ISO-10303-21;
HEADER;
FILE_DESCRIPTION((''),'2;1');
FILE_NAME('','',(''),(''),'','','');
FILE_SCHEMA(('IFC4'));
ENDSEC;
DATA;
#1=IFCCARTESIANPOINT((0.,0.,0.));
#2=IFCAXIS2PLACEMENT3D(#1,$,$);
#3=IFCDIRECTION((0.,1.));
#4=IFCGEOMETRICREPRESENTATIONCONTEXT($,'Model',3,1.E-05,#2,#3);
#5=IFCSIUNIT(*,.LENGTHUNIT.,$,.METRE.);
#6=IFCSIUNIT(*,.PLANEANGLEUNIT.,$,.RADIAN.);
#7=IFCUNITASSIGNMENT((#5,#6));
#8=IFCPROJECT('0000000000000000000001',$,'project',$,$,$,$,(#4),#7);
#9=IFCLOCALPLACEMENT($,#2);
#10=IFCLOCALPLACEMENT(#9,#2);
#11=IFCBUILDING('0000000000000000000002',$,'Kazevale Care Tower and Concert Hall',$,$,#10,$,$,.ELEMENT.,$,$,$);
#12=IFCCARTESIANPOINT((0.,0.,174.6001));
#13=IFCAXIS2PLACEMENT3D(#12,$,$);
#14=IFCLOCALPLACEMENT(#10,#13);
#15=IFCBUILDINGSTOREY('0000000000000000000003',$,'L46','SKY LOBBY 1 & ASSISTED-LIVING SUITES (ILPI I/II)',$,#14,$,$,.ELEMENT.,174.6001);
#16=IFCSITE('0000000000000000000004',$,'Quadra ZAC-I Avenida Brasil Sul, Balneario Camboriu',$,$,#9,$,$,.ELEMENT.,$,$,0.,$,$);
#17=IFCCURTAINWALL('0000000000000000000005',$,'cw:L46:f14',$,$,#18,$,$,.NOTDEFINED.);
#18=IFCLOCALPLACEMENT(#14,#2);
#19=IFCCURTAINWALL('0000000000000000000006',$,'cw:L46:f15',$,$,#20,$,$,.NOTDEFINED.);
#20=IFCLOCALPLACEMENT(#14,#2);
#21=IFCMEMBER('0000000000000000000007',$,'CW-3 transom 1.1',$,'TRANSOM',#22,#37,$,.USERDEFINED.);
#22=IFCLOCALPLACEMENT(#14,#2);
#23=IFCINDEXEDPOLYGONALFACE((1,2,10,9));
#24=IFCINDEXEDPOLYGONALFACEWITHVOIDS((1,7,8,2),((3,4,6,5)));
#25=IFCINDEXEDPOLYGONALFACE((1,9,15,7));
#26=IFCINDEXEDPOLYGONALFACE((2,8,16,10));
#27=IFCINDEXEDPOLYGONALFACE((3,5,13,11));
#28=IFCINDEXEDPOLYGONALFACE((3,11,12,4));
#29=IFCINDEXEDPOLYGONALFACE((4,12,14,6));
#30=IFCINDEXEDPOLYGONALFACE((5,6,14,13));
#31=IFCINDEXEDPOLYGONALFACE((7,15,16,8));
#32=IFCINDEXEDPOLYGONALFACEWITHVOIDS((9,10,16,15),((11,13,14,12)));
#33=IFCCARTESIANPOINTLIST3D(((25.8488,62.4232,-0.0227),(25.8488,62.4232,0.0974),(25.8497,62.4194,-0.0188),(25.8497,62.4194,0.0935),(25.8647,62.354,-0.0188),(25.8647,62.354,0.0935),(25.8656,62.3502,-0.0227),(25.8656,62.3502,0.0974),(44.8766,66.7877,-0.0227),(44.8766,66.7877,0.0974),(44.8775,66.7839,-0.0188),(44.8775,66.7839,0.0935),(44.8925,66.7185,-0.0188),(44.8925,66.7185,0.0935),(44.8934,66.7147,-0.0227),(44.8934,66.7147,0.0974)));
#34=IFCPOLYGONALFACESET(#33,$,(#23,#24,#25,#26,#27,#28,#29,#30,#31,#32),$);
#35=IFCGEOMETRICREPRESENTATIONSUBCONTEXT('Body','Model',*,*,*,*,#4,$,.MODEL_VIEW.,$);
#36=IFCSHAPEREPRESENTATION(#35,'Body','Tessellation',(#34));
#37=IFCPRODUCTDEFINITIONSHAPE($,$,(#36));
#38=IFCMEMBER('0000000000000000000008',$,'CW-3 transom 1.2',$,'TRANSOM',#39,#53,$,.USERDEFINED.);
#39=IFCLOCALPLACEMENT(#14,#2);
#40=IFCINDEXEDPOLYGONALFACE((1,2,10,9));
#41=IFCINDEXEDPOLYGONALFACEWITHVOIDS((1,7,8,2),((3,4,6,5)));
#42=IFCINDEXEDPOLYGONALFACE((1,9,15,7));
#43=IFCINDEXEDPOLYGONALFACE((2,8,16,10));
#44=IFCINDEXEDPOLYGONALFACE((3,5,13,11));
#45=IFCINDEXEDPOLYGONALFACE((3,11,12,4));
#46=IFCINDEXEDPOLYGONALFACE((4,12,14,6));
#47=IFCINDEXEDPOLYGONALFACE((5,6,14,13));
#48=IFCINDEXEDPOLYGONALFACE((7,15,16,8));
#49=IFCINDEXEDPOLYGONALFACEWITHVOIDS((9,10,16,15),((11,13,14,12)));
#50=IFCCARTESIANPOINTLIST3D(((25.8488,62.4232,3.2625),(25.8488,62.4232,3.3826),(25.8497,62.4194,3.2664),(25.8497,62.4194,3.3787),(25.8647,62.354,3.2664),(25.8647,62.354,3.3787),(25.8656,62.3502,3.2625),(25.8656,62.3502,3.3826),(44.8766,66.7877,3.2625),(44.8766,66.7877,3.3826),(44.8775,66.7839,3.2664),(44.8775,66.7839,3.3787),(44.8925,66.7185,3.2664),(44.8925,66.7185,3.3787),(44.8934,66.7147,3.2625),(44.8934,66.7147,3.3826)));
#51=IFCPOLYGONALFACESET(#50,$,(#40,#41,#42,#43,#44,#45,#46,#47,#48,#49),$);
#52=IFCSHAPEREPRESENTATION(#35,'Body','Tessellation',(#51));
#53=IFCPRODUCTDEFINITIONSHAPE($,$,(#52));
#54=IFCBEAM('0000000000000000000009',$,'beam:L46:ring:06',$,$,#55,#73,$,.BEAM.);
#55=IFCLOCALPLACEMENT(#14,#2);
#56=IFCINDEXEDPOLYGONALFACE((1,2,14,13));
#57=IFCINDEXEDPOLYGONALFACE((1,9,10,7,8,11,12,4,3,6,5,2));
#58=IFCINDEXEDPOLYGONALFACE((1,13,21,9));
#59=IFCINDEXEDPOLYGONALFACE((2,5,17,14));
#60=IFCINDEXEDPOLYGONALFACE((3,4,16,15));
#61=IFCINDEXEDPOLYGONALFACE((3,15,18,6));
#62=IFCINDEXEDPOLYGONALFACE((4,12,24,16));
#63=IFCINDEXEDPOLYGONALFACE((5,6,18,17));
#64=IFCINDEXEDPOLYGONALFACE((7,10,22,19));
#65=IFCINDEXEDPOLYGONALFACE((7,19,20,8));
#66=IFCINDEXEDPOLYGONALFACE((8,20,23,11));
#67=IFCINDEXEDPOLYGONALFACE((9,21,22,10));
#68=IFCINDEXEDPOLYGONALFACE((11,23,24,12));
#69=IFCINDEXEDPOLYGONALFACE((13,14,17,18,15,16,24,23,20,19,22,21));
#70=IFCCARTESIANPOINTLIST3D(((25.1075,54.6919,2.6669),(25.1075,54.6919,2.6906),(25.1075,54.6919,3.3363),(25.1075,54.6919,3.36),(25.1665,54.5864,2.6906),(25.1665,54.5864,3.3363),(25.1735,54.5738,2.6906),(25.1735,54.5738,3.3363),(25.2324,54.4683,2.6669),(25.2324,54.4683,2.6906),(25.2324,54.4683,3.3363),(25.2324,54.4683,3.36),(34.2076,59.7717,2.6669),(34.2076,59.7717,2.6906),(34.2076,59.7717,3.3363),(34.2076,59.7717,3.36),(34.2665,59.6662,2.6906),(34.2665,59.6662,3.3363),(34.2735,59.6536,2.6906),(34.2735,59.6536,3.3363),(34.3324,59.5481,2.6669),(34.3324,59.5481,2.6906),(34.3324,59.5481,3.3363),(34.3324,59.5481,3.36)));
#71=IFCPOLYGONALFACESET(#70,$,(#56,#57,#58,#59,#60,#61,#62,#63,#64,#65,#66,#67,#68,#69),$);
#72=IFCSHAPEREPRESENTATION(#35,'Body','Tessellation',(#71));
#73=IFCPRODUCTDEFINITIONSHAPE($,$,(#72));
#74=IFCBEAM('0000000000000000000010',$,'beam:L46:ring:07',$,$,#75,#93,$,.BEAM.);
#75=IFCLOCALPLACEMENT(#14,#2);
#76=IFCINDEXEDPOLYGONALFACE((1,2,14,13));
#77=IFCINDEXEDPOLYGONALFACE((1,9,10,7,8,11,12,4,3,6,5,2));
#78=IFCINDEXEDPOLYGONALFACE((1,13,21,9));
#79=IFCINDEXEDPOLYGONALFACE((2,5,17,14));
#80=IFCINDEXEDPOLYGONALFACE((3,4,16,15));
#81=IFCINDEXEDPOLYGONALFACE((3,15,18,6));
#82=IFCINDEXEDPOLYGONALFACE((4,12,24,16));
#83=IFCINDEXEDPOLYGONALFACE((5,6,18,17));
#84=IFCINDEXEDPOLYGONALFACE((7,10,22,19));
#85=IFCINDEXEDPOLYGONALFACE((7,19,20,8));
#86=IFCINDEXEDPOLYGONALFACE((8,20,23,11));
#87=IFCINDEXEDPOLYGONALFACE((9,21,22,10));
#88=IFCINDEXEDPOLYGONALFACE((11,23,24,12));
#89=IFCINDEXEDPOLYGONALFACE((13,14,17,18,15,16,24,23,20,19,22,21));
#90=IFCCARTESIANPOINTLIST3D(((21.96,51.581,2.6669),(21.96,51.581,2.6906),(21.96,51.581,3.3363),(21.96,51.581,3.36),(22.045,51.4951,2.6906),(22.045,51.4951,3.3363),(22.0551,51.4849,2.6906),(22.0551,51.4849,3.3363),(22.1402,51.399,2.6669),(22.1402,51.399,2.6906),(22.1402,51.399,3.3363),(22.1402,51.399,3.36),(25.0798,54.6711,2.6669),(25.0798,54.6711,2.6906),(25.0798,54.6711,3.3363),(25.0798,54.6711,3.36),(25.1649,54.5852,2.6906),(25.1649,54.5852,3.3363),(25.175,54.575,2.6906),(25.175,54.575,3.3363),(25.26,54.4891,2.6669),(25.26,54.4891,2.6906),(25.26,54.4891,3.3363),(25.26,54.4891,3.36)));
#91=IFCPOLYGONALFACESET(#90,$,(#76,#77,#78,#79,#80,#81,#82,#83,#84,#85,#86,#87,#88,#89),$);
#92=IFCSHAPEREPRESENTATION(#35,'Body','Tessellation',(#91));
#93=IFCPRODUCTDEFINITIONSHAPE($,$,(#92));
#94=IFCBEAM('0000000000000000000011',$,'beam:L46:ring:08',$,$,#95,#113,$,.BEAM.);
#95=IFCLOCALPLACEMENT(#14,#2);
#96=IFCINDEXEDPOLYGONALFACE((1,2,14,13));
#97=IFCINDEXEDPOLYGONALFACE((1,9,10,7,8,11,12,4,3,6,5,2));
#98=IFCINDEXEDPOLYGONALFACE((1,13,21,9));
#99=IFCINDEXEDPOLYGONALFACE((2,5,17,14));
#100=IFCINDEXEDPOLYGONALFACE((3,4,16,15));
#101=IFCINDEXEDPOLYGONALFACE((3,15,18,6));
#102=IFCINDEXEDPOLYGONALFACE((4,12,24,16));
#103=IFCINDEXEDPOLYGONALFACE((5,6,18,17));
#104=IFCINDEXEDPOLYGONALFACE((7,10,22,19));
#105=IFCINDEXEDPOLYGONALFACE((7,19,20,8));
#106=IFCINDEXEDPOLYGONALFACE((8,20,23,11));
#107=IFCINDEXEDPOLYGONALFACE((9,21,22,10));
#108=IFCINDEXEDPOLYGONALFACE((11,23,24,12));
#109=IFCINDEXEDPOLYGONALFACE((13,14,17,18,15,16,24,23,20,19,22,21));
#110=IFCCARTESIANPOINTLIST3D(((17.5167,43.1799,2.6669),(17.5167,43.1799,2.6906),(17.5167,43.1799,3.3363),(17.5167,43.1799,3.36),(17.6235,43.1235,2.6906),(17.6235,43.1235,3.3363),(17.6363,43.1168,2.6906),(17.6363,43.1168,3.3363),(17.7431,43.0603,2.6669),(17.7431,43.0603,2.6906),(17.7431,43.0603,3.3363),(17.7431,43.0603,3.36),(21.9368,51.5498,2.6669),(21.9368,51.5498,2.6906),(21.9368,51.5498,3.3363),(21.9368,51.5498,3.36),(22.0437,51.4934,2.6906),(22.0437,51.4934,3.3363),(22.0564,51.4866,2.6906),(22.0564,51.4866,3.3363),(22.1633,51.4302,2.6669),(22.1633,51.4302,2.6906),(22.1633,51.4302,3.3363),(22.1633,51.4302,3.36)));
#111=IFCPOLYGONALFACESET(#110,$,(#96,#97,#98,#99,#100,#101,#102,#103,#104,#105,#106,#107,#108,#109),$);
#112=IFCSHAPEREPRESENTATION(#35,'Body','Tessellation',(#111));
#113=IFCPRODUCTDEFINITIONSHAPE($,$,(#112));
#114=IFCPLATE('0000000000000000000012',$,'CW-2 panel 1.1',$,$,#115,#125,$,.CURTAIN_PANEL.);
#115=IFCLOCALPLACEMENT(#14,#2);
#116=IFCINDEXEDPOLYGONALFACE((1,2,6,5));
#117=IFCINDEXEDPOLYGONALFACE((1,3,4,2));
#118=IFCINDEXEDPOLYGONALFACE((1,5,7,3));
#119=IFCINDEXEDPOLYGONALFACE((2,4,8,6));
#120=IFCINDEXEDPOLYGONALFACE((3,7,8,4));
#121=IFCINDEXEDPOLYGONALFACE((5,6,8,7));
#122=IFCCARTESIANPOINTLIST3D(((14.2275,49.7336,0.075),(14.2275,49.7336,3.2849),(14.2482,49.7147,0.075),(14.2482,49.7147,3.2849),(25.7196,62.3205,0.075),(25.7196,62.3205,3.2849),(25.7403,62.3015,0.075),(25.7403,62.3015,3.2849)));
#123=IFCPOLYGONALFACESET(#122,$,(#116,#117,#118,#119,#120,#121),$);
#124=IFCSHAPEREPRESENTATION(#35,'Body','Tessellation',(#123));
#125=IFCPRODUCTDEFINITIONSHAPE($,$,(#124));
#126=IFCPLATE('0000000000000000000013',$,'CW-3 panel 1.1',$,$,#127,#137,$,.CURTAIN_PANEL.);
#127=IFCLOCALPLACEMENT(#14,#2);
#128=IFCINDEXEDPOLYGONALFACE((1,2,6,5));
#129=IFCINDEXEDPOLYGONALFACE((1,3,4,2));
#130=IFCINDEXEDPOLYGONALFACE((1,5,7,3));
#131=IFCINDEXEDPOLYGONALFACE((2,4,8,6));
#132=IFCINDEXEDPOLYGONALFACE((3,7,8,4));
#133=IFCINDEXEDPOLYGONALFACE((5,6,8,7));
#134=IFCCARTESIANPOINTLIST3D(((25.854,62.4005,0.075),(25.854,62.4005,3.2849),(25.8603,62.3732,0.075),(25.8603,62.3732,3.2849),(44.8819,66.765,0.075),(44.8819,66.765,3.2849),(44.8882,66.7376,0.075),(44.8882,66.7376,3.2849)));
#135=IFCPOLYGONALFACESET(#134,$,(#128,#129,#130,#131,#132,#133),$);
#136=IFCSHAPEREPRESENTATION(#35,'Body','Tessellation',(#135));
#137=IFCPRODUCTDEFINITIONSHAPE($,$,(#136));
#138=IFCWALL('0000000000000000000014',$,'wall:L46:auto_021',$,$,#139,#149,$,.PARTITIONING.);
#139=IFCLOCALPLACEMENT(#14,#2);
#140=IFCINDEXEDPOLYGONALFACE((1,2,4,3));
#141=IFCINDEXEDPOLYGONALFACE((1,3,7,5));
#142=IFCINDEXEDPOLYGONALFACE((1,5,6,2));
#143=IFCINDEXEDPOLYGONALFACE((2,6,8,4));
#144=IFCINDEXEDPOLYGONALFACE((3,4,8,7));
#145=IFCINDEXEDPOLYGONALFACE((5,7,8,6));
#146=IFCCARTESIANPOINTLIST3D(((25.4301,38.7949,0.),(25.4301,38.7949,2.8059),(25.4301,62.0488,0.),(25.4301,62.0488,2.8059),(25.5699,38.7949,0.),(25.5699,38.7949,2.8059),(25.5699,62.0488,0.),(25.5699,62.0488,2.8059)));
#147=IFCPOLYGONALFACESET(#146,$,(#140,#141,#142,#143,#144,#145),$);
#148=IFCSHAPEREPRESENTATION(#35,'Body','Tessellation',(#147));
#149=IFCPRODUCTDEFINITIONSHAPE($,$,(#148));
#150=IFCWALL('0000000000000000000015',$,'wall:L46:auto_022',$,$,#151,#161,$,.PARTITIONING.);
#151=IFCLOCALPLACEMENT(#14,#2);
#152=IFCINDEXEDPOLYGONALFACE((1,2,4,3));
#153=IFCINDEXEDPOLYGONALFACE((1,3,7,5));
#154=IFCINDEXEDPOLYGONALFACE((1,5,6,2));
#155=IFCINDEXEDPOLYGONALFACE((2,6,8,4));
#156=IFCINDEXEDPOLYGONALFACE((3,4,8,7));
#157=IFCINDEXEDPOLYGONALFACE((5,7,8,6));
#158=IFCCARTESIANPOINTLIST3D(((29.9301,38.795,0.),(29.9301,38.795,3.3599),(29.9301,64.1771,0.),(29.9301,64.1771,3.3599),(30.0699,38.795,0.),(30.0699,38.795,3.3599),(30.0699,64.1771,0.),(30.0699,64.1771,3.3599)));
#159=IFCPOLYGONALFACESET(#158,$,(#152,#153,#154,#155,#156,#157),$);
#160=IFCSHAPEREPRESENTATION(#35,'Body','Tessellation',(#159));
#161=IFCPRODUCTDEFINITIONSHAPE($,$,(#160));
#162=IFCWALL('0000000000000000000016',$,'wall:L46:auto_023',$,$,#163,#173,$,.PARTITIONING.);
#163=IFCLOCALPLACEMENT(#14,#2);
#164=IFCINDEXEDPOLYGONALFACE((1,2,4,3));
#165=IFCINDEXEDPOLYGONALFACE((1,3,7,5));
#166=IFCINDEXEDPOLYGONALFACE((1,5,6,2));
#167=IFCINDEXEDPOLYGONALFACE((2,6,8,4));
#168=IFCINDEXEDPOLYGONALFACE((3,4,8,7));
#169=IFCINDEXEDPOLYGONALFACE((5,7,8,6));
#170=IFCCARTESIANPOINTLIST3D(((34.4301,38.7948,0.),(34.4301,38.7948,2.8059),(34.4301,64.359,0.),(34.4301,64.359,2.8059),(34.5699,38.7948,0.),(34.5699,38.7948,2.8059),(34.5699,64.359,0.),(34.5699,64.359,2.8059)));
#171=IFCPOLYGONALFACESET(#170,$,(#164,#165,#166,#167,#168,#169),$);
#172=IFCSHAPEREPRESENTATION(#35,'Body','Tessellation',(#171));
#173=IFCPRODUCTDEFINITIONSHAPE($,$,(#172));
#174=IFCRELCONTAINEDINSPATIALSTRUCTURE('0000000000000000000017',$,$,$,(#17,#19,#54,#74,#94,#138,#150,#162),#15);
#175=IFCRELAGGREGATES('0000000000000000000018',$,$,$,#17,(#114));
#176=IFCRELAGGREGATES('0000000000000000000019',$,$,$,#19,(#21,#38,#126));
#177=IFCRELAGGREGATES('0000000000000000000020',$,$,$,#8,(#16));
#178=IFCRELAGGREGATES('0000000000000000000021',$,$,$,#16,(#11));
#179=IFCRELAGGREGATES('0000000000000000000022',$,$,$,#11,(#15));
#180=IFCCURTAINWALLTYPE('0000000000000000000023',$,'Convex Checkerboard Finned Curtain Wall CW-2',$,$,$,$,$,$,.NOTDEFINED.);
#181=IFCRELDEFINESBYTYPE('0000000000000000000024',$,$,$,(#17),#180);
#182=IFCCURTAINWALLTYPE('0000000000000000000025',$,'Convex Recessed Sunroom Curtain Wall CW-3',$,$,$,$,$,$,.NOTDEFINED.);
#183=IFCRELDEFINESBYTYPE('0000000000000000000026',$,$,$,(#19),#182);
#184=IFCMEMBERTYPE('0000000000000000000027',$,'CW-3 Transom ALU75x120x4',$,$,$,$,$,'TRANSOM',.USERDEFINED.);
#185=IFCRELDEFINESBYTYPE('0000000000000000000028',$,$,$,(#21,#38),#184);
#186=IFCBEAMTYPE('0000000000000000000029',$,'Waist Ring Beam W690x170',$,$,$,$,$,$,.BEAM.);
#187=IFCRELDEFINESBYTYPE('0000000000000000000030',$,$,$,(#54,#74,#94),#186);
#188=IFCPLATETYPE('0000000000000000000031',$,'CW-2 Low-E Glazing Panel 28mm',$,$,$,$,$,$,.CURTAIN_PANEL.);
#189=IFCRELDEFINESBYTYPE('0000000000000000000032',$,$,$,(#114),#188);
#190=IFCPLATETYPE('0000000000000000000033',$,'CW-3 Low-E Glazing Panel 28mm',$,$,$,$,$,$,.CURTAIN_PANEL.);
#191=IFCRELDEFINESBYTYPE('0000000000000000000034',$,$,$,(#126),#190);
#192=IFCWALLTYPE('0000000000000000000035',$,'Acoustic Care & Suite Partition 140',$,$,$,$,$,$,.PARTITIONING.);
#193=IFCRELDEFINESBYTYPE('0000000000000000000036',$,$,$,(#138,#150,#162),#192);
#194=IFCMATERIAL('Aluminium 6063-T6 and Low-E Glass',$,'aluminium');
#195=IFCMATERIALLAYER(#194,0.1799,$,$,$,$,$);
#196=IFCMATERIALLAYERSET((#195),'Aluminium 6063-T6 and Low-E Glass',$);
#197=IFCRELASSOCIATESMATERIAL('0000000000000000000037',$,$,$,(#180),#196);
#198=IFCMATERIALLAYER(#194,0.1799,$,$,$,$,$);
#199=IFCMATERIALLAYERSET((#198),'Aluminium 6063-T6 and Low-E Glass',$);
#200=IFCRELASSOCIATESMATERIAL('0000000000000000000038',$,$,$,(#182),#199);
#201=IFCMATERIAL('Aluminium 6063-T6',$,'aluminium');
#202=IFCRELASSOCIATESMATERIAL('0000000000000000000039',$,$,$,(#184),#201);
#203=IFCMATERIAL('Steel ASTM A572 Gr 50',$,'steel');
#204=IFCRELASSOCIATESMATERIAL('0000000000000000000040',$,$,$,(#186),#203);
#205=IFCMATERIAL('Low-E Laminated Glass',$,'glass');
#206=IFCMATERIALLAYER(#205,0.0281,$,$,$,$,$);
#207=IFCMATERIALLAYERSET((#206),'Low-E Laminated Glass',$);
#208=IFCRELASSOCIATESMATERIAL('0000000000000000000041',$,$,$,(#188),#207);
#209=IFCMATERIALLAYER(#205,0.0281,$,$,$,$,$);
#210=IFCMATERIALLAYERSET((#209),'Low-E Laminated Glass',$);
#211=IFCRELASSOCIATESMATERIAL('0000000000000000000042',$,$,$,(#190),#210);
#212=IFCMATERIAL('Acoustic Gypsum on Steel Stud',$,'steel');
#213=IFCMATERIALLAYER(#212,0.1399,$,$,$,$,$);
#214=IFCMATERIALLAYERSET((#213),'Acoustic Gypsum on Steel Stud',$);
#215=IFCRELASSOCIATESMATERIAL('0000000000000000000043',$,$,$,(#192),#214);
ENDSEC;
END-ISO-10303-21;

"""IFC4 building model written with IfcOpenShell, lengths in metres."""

from ifc_helpers import new_model, si_unit, direction, frame, frame_2d, origin, origin_2d, place, context, subcontext, project, spatial, rectangle, hollow_rectangle, i_section, extrude, material, layer, layer_set, material_profile, profile_set, type_object, element, aggregate, save


model = new_model("IFC4")

# Units and contexts
model_context = context("Model", 3, precision=1e-05, world=origin(), true_north=direction((0.0, 1.0)))
body_context = subcontext(model_context, "Body", "Model", "MODEL_VIEW")
ifc_project = project(units=[si_unit("LENGTHUNIT", "METRE"), si_unit("PLANEANGLEUNIT", "RADIAN")], contexts=[model_context])

# Site, building, storey
site_placement = place(None, origin())
site = spatial("IfcSite", under=ifc_project, at=site_placement, Name="Quadra ZAC-I Avenida Brasil Sul, Balneario Camboriu", CompositionType="ELEMENT", RefElevation=0.0)
building_placement = place(site_placement, origin())
building = spatial("IfcBuilding", under=site, at=building_placement, Name="Kazevale Care Tower and Concert Hall", CompositionType="ELEMENT")
storey_placement = place(building_placement, frame((0.0, 0.0, 174.6001)))
storey = spatial("IfcBuildingStorey", under=building, at=storey_placement, Name="L46", Description="SKY LOBBY 1 & ASSISTED-LIVING SUITES (ILPI I/II)", CompositionType="ELEMENT", Elevation=174.6001)

# Curtain wall
ifc_material_1 = material(Name="Aluminium 6063-T6 and Low-E Glass", Category="aluminium")
ifc_layer_1 = layer(ifc_material_1, 0.1799)
ifc_layer_set_1 = layer_set([ifc_layer_1], Name="Aluminium 6063-T6 and Low-E Glass")
curtain_wall_type_1 = type_object("IfcCurtainWallType", Name="Convex Checkerboard Finned Curtain Wall CW-2", PredefinedType="NOTDEFINED", material=ifc_layer_set_1)
curtain_wall_1_placement = place(storey_placement, origin())
curtain_wall_1 = element("IfcCurtainWall", 1, at=curtain_wall_1_placement, inside=storey, type_object=curtain_wall_type_1, Name="cw:L46:f14", PredefinedType="NOTDEFINED")
ifc_material_2 = material(Name="Aluminium 6063-T6", Category="aluminium")

# Curtain wall, members
ifc_layer_2 = layer(ifc_material_1, 0.1799)
ifc_layer_set_2 = layer_set([ifc_layer_2], Name="Aluminium 6063-T6 and Low-E Glass")
curtain_wall_type_2 = type_object("IfcCurtainWallType", Name="Convex Recessed Sunroom Curtain Wall CW-3", PredefinedType="NOTDEFINED", material=ifc_layer_set_2)
curtain_wall_2_placement = place(storey_placement, origin())
curtain_wall_2 = element("IfcCurtainWall", 2, at=curtain_wall_2_placement, inside=storey, type_object=curtain_wall_type_2, Name="cw:L46:f15", PredefinedType="NOTDEFINED")
ifc_material_profile_1 = material_profile(ifc_material_2, hollow_rectangle(XDim=0.075, YDim=0.1201, WallThickness=0.0039, at=origin_2d()), Name="ALU75x120x4")
ifc_profile_set_1 = profile_set([ifc_material_profile_1], Name="Aluminium 6063-T6")
member_type_1 = type_object("IfcMemberType", Name="CW-3 Transom ALU75x120x4", ElementType="TRANSOM", PredefinedType="USERDEFINED", material=ifc_profile_set_1)
member_1_placement = place(storey_placement, frame((25.8572, 62.3867, 0.0374), z_axis=(0.974688, 0.223569, 0.0), x_axis=(-0.223569, 0.974688, 0.0)))
member_1 = element("IfcMember", 3, at=member_1_placement, type_object=member_type_1, Name="CW-3 transom 1.1", ObjectType="TRANSOM", PredefinedType="USERDEFINED", context=body_context, shape_type="SweptSolid", body=[
    extrude(hollow_rectangle(XDim=0.075, YDim=0.1201, WallThickness=0.0039, at=origin_2d()), origin(), (0.0, 0.0, 1.0), 19.522),
])
member_2_placement = place(storey_placement, frame((25.8572, 62.3867, 3.3225), z_axis=(0.974688, 0.223569, 0.0), x_axis=(-0.223569, 0.974688, 0.0)))
member_2 = element("IfcMember", 4, at=member_2_placement, type_object=member_type_1, Name="CW-3 transom 1.2", ObjectType="TRANSOM", PredefinedType="USERDEFINED", context=body_context, shape_type="SweptSolid", body=[
    extrude(hollow_rectangle(XDim=0.075, YDim=0.1201, WallThickness=0.0039, at=origin_2d()), origin(), (0.0, 0.0, 1.0), 19.522),
])

# Beams
ifc_material_3 = material(Name="Steel ASTM A572 Gr 50", Category="steel")
ifc_material_profile_2 = material_profile(ifc_material_3, i_section(OverallWidth=0.2561, OverallDepth=0.6931, WebThickness=0.0144, FlangeThickness=0.0237, at=origin_2d()), Name="W690x170")
ifc_profile_set_2 = profile_set([ifc_material_profile_2], Name="Steel ASTM A572 Gr 50")
beam_type = type_object("IfcBeamType", Name="Waist Ring Beam W690x170", PredefinedType="BEAM", material=ifc_profile_set_2)
beam_1_placement = place(storey_placement, frame((34.27, 59.6599, 3.0134), z_axis=(-0.873169, -0.487418, 0.0), x_axis=(0.487418, -0.873169, 0.0)))
element("IfcBeam", 5, at=beam_1_placement, inside=storey, type_object=beam_type, Name="beam:L46:ring:06", PredefinedType="BEAM", context=body_context, shape_type="SweptSolid", body=[
    extrude(i_section(OverallWidth=0.2561, OverallDepth=0.6931, WebThickness=0.0144, FlangeThickness=0.0237, at=origin_2d()), origin(), (0.0, 0.0, 1.0), 10.4219),
])
beam_2_placement = place(storey_placement, frame((25.1699, 54.5801, 3.0134), z_axis=(-0.71049, -0.703707, 0.0), x_axis=(0.703707, -0.71049, 0.0)))
element("IfcBeam", 6, at=beam_2_placement, inside=storey, type_object=beam_type, Name="beam:L46:ring:07", PredefinedType="BEAM", context=body_context, shape_type="SweptSolid", body=[
    extrude(i_section(OverallWidth=0.2561, OverallDepth=0.6931, WebThickness=0.0144, FlangeThickness=0.0237, at=origin_2d()), origin(), (0.0, 0.0, 1.0), 4.3911),
])
beam_3_placement = place(storey_placement, frame((22.05, 51.49, 3.0134), z_axis=(-0.466984, -0.884266, 0.0), x_axis=(0.884266, -0.466984, 0.0)))
element("IfcBeam", 7, at=beam_3_placement, inside=storey, type_object=beam_type, Name="beam:L46:ring:08", PredefinedType="BEAM", context=body_context, shape_type="SweptSolid", body=[
    extrude(i_section(OverallWidth=0.2561, OverallDepth=0.6931, WebThickness=0.0144, FlangeThickness=0.0237, at=origin_2d()), origin(), (0.0, 0.0, 1.0), 9.4653),
])

# Plates
ifc_material_4 = material(Name="Low-E Laminated Glass", Category="glass")
ifc_layer_3 = layer(ifc_material_4, 0.0281)
ifc_layer_set_3 = layer_set([ifc_layer_3], Name="Low-E Laminated Glass")
plate_type_1 = type_object("IfcPlateType", Name="CW-2 Low-E Glazing Panel 28mm", PredefinedType="CURTAIN_PANEL", material=ifc_layer_set_3)
plate_1_placement = place(storey_placement, frame((19.9839, 56.0176, 0.075), z_axis=(0.0, 0.0, 1.0), x_axis=(0.674262, 0.738492, 0.0)))
plate_1 = element("IfcPlate", 8, at=plate_1_placement, type_object=plate_type_1, Name="CW-2 panel 1.1", PredefinedType="CURTAIN_PANEL", context=body_context, shape_type="SweptSolid", body=[
    extrude(rectangle(XDim=17.0439, YDim=0.0281, at=origin_2d()), origin(), (0.0, 0.0, 1.0), 3.21),
])
aggregate(curtain_wall_1, [plate_1])
ifc_layer_4 = layer(ifc_material_4, 0.0281)
ifc_layer_set_4 = layer_set([ifc_layer_4], Name="Low-E Laminated Glass")
plate_type_2 = type_object("IfcPlateType", Name="CW-3 Low-E Glazing Panel 28mm", PredefinedType="CURTAIN_PANEL", material=ifc_layer_set_4)
plate_2_placement = place(storey_placement, frame((35.3711, 64.5691, 0.075), z_axis=(0.0, 0.0, 1.0), x_axis=(0.974688, 0.223567, 0.0)))
plate_2 = element("IfcPlate", 9, at=plate_2_placement, type_object=plate_type_2, Name="CW-3 panel 1.1", PredefinedType="CURTAIN_PANEL", context=body_context, shape_type="SweptSolid", body=[
    extrude(rectangle(XDim=19.522, YDim=0.0281, at=origin_2d()), origin(), (0.0, 0.0, 1.0), 3.21),
])
aggregate(curtain_wall_2, [member_1, member_2, plate_2])

# Walls
ifc_material_5 = material(Name="Acoustic Gypsum on Steel Stud", Category="steel")
ifc_layer_5 = layer(ifc_material_5, 0.1399)
ifc_layer_set_5 = layer_set([ifc_layer_5], Name="Acoustic Gypsum on Steel Stud")
wall_type = type_object("IfcWallType", Name="Acoustic Care & Suite Partition 140", PredefinedType="PARTITIONING", material=ifc_layer_set_5)
wall_1_placement = place(storey_placement, frame((25.5, 62.0488, 0.0), z_axis=(0.0, 0.0, 1.0), x_axis=(0.0, -1.0, 0.0)))
element("IfcWall", 10, at=wall_1_placement, inside=storey, type_object=wall_type, Name="wall:L46:auto_021", PredefinedType="PARTITIONING", context=body_context, shape_type="SweptSolid", body=[
    extrude(rectangle(XDim=23.2539, YDim=0.1399, at=frame_2d((11.627, 0.0))), origin(), (0.0, 0.0, 1.0), 2.8059),
])
wall_2_placement = place(storey_placement, frame((30.0, 64.177, 0.0), z_axis=(0.0, 0.0, 1.0), x_axis=(0.0, -1.0, 0.0)))
element("IfcWall", 11, at=wall_2_placement, inside=storey, type_object=wall_type, Name="wall:L46:auto_022", PredefinedType="PARTITIONING", context=body_context, shape_type="SweptSolid", body=[
    extrude(rectangle(XDim=25.3821, YDim=0.1399, at=frame_2d((12.6909, 0.0))), origin(), (0.0, 0.0, 1.0), 3.3599),
])
wall_3_placement = place(storey_placement, frame((34.5, 64.3591, 0.0), z_axis=(0.0, 0.0, 1.0), x_axis=(0.0, -1.0, 0.0)))
element("IfcWall", 12, at=wall_3_placement, inside=storey, type_object=wall_type, Name="wall:L46:auto_023", PredefinedType="PARTITIONING", context=body_context, shape_type="SweptSolid", body=[
    extrude(rectangle(XDim=25.5642, YDim=0.1399, at=frame_2d((12.7822, 0.0))), origin(), (0.0, 0.0, 1.0), 2.8059),
])

save(model, "model.ifc")
